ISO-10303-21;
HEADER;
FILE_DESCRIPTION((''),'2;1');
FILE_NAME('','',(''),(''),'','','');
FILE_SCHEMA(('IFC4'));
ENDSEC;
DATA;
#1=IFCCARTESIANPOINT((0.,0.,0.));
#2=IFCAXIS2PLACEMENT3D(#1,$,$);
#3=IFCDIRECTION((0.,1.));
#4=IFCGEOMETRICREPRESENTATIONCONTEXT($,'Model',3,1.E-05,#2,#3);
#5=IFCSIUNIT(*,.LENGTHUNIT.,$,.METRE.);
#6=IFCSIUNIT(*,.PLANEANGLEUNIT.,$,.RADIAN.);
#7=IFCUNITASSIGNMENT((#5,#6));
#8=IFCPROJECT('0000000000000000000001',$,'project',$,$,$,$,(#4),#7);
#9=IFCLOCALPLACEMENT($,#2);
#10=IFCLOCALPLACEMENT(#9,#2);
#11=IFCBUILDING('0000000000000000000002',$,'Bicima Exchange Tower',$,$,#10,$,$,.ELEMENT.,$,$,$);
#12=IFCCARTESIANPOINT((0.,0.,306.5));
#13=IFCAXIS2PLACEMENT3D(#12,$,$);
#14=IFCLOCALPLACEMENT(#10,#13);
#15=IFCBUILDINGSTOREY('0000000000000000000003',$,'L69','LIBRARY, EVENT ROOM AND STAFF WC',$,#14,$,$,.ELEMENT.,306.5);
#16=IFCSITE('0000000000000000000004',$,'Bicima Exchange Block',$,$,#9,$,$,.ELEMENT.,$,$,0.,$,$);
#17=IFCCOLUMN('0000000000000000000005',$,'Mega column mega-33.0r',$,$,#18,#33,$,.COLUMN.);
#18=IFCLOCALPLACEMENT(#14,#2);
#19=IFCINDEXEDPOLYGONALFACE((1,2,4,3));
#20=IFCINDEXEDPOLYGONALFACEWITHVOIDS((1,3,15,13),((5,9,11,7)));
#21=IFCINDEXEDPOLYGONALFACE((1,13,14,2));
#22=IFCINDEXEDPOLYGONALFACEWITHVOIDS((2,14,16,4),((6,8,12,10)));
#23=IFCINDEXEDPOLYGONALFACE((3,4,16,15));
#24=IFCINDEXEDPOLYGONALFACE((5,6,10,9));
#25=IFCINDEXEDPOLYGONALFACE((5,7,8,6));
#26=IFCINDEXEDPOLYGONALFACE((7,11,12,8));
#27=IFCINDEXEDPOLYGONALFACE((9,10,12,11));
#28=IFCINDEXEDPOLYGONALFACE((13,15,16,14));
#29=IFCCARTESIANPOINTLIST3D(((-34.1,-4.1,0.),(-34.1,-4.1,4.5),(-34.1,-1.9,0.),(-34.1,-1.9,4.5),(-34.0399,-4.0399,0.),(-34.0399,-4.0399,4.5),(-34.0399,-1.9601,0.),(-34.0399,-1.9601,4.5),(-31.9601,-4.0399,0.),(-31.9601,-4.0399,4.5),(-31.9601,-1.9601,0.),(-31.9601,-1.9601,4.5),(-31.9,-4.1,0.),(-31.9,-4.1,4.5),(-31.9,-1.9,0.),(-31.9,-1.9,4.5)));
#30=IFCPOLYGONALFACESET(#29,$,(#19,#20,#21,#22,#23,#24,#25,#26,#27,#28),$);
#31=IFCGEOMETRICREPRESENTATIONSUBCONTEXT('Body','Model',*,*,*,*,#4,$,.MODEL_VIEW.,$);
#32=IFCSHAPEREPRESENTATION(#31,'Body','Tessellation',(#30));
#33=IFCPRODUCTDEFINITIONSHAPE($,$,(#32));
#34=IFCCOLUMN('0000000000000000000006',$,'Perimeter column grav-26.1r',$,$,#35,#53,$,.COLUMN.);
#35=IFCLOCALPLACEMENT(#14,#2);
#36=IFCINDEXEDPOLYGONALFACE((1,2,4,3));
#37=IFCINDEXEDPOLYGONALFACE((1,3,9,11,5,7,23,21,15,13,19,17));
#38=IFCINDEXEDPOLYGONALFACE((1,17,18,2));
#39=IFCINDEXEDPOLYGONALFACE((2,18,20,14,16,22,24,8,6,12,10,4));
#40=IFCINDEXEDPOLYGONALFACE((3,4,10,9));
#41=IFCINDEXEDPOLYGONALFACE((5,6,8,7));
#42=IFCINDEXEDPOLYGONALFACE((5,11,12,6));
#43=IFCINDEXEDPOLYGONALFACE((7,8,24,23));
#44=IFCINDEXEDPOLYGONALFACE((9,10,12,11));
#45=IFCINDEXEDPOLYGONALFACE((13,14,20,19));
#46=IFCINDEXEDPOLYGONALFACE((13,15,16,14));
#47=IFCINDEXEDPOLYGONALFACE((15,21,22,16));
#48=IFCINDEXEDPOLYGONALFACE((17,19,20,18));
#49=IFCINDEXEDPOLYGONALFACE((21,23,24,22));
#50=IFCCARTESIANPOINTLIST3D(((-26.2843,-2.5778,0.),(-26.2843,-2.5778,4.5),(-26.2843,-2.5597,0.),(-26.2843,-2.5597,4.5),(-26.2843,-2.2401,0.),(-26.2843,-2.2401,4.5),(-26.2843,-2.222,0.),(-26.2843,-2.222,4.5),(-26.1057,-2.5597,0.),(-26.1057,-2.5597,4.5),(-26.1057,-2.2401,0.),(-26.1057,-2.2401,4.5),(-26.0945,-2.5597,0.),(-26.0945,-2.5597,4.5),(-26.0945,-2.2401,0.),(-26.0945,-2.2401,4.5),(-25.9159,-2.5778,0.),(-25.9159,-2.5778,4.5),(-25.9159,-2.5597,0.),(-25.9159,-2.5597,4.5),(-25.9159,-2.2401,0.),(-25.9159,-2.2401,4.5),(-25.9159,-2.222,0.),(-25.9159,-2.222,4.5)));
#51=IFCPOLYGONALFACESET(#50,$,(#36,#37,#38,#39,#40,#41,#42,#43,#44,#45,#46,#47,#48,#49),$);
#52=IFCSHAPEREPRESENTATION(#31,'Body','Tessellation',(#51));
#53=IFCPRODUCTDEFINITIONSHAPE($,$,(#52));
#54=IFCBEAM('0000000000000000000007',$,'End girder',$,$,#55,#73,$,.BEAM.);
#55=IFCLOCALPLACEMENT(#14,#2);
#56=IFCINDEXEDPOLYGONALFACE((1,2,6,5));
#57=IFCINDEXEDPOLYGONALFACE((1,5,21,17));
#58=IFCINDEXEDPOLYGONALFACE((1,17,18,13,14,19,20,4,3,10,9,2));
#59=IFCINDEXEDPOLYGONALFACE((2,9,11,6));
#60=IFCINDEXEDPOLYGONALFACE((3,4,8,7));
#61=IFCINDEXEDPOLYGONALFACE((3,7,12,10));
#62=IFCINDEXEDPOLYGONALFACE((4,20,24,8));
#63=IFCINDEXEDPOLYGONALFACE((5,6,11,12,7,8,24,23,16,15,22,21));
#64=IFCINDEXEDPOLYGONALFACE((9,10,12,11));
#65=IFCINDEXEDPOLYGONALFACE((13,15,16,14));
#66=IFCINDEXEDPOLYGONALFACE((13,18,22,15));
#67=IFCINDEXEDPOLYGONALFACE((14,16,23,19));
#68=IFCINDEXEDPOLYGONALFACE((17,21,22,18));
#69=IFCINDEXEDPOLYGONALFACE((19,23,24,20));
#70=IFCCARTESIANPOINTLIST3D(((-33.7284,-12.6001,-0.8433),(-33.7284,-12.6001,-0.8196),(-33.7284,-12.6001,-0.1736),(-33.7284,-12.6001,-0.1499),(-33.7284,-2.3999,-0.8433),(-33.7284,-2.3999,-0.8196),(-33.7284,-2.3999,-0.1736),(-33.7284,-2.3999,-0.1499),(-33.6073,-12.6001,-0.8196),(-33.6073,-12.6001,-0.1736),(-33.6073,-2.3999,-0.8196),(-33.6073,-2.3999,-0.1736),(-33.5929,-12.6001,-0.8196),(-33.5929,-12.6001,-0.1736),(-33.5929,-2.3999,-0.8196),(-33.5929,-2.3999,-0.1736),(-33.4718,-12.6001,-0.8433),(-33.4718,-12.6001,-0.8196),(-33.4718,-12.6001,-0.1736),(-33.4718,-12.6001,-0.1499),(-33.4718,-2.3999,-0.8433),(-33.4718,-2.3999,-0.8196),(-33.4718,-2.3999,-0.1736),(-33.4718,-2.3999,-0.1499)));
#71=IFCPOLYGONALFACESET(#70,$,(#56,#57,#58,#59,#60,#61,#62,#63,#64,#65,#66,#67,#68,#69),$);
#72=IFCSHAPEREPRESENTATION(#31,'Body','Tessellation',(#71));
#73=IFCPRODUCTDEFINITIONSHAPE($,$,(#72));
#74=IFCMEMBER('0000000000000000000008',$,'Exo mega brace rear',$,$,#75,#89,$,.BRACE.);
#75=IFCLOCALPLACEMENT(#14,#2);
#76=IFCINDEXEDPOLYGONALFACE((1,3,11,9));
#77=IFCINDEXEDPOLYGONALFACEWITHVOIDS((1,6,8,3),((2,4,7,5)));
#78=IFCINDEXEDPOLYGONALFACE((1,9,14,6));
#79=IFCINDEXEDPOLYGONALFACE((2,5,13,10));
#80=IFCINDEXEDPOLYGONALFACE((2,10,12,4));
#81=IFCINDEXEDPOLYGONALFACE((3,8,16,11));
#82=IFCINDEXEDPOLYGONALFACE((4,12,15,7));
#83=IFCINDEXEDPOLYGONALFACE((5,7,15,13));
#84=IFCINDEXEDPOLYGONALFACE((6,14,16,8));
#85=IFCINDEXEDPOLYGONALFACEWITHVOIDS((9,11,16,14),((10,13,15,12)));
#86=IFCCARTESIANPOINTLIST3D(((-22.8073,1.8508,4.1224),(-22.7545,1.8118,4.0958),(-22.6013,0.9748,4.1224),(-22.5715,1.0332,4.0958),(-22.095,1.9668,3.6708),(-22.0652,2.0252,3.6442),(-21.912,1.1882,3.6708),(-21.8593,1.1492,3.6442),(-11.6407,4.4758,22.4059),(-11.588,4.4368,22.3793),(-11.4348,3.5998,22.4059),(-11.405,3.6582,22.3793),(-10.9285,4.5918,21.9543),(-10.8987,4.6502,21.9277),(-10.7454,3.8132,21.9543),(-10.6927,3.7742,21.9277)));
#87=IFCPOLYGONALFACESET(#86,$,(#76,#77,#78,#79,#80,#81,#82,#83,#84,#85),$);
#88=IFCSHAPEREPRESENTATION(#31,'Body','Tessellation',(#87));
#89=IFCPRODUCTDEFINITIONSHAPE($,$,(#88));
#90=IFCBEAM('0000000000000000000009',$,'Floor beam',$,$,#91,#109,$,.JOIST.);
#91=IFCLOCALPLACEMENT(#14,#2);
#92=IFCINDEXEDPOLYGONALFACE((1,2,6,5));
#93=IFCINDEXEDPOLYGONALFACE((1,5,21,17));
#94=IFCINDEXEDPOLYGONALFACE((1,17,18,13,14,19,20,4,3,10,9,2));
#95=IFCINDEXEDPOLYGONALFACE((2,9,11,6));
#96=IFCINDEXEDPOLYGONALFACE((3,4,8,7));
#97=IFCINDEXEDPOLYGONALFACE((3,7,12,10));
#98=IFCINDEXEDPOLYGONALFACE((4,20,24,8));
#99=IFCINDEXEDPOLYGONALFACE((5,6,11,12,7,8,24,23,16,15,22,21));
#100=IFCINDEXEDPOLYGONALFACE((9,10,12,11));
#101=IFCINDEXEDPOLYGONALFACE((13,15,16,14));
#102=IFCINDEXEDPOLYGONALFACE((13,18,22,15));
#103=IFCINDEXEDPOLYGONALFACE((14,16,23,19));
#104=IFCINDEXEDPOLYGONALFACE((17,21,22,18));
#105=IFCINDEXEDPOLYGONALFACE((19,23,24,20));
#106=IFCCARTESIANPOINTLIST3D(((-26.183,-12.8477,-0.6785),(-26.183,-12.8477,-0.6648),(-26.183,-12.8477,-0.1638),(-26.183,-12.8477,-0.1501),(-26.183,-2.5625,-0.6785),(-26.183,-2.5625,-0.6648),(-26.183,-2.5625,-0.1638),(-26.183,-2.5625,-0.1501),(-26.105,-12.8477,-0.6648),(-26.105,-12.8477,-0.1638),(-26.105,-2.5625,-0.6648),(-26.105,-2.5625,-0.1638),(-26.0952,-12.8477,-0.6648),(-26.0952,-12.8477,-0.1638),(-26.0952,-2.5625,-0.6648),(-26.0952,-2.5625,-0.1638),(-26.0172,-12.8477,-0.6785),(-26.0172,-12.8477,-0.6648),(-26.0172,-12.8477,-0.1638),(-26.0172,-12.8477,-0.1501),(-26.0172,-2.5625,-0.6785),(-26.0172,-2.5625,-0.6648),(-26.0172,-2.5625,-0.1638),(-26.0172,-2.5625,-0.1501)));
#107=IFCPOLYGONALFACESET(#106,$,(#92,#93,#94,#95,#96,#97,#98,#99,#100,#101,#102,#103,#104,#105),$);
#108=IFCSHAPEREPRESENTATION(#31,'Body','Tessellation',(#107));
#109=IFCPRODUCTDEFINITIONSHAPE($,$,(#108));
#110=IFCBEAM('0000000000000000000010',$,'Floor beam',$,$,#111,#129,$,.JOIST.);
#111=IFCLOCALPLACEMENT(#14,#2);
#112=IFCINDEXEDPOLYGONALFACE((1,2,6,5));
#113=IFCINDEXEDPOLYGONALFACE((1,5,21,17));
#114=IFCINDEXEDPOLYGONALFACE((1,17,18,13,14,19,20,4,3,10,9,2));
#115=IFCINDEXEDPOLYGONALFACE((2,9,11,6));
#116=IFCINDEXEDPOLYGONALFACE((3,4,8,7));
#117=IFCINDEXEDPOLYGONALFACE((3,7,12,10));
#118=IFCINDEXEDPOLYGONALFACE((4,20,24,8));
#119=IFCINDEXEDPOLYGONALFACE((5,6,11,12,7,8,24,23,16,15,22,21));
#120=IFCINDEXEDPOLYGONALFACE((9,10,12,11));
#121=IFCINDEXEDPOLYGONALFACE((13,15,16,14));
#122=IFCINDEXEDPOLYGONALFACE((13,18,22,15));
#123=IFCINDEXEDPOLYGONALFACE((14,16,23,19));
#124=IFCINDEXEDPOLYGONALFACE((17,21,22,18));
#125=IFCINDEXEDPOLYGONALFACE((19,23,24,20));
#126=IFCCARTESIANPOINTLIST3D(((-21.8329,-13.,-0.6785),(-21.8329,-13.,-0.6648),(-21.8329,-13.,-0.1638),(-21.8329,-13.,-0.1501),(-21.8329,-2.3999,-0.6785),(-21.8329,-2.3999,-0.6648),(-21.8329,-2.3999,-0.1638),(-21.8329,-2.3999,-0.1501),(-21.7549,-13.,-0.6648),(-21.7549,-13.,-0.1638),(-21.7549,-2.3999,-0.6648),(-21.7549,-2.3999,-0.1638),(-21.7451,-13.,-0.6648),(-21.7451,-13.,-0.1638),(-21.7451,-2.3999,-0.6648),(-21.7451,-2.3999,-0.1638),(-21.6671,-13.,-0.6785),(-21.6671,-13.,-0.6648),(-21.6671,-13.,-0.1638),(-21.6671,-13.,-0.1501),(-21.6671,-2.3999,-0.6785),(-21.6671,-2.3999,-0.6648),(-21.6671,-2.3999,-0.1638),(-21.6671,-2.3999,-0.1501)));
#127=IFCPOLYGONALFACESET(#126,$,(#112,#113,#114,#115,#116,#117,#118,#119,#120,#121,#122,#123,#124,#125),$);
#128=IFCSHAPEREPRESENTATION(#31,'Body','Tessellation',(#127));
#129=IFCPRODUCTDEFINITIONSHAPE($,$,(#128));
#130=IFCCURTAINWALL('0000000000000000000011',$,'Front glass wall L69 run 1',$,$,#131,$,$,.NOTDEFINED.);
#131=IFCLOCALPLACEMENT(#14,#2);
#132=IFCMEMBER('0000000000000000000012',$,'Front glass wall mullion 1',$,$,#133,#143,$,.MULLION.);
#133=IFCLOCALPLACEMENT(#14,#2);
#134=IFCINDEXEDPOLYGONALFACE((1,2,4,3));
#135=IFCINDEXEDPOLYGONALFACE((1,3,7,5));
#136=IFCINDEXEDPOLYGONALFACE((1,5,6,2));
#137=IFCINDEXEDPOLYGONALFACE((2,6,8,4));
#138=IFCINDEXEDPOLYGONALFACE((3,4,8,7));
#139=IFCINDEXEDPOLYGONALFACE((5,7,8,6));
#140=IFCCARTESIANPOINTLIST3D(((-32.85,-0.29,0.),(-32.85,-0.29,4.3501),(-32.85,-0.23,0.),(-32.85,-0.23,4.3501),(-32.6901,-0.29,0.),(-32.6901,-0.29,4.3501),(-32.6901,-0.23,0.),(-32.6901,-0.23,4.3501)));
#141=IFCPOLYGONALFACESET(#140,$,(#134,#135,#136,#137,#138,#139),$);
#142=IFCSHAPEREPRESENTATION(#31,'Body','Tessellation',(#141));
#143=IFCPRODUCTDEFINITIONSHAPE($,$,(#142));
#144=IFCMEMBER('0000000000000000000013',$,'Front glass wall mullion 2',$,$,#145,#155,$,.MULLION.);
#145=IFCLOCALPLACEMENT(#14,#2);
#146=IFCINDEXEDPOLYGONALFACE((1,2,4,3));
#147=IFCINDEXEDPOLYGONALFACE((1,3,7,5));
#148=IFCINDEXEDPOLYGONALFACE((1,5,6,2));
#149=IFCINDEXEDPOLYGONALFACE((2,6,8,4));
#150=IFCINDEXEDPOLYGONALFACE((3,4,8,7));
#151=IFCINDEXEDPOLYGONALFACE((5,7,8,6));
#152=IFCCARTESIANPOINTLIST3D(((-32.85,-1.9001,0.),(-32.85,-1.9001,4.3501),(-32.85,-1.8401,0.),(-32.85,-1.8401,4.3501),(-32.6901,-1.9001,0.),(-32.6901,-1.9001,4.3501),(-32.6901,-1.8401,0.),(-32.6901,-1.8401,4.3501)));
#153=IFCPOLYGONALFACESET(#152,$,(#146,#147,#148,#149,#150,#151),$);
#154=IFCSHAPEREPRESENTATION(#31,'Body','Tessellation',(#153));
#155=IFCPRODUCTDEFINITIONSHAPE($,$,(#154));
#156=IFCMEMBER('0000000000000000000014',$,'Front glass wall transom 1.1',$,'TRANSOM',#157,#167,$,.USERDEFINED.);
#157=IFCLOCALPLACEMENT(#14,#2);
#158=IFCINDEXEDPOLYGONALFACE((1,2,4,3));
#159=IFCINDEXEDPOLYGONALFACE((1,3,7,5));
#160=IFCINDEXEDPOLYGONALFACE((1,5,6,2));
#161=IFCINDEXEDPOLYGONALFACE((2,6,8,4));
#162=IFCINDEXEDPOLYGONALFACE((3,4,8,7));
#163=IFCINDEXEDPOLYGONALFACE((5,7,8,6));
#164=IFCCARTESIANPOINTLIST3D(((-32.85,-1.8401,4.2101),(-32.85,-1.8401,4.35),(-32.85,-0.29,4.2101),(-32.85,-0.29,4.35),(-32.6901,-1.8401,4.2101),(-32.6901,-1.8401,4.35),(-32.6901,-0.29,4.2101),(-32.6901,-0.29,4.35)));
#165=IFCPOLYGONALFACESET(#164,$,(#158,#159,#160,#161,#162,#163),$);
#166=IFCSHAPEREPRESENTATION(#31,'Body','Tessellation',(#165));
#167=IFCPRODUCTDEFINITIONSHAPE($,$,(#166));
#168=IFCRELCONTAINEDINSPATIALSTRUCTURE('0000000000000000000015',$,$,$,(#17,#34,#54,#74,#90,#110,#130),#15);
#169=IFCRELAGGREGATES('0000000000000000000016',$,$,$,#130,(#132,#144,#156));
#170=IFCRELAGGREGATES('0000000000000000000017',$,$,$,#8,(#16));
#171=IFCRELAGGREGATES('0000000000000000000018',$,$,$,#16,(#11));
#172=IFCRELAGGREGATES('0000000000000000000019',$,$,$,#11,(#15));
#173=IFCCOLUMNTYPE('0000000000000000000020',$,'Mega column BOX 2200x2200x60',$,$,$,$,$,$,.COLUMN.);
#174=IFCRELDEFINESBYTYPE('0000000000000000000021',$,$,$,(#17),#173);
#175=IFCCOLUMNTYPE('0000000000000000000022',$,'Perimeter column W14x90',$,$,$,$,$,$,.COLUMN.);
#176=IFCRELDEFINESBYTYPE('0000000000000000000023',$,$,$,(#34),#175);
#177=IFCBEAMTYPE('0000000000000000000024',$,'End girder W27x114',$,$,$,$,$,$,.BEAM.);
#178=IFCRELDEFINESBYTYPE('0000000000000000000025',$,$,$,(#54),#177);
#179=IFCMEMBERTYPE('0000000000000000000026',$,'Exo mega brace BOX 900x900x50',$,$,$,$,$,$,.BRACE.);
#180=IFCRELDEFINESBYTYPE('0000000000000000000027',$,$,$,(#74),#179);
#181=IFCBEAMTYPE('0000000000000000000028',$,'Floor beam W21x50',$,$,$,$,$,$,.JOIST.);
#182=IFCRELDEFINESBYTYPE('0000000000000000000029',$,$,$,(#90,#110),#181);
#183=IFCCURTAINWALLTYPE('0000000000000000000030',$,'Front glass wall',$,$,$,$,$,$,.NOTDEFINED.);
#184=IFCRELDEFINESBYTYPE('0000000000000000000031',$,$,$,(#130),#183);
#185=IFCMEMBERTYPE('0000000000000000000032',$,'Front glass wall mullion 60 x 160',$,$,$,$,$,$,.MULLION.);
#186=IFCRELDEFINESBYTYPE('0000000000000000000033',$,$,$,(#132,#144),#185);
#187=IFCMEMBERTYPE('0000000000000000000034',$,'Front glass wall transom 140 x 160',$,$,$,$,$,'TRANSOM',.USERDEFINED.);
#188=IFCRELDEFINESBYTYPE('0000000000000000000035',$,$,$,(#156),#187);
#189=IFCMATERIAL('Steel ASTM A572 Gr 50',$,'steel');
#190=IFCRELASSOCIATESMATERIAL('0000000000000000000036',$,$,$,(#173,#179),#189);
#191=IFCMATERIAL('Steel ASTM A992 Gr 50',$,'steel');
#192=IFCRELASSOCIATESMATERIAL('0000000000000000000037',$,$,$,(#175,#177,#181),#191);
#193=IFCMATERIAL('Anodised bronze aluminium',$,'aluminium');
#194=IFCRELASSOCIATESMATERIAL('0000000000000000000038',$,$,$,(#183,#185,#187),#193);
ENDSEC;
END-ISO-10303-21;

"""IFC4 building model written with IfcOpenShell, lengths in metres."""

from ifc_helpers import new_model, si_unit, direction, frame, origin, origin_2d, place, context, subcontext, project, spatial, rectangle, hollow_rectangle, i_section, extrude, material, material_profile, profile_set, type_object, element, aggregate, save


model = new_model("IFC4")

# Units and contexts
model_context = context("Model", 3, precision=1e-05, world=origin(), true_north=direction((0.0, 1.0)))
body_context = subcontext(model_context, "Body", "Model", "MODEL_VIEW")
ifc_project = project(units=[si_unit("LENGTHUNIT", "METRE"), si_unit("PLANEANGLEUNIT", "RADIAN")], contexts=[model_context])

# Site, building, storey
site_placement = place(None, origin())
site = spatial("IfcSite", under=ifc_project, at=site_placement, Name="Bicima Exchange Block", CompositionType="ELEMENT", RefElevation=0.0)
building_placement = place(site_placement, origin())
building = spatial("IfcBuilding", under=site, at=building_placement, Name="Bicima Exchange Tower", CompositionType="ELEMENT")
storey_placement = place(building_placement, frame((0.0, 0.0, 306.5)))
storey = spatial("IfcBuildingStorey", under=building, at=storey_placement, Name="L69", Description="LIBRARY, EVENT ROOM AND STAFF WC", CompositionType="ELEMENT", Elevation=306.5)

# Columns
ifc_material_1 = material(Name="Steel ASTM A572 Gr 50", Category="steel")
ifc_material_profile_1 = material_profile(ifc_material_1, hollow_rectangle(XDim=2.2, YDim=2.2, WallThickness=0.0601, at=origin_2d()))
ifc_profile_set_1 = profile_set([ifc_material_profile_1], Name="Steel ASTM A572 Gr 50")
column_type_1 = type_object("IfcColumnType", Name="Mega column BOX 2200x2200x60", PredefinedType="COLUMN", material=ifc_profile_set_1)
column_1_placement = place(storey_placement, frame((-33.0, -3.0, 0.0), z_axis=(0.0, 0.0, 1.0), x_axis=(1.0, 0.0, 0.0)))
element("IfcColumn", 1, at=column_1_placement, inside=storey, type_object=column_type_1, Name="Mega column mega-33.0r", PredefinedType="COLUMN", context=body_context, shape_type="SweptSolid", body=[
    extrude(hollow_rectangle(XDim=2.2, YDim=2.2, WallThickness=0.0601, at=origin_2d()), origin(), (0.0, 0.0, 1.0), 4.5),
])
ifc_material_2 = material(Name="Steel ASTM A992 Gr 50", Category="steel")
ifc_material_profile_2 = material_profile(ifc_material_2, i_section(OverallWidth=0.3684, OverallDepth=0.3557, WebThickness=0.0112, FlangeThickness=0.0181, at=origin_2d()))
ifc_profile_set_2 = profile_set([ifc_material_profile_2], Name="Steel ASTM A992 Gr 50")
column_type_2 = type_object("IfcColumnType", Name="Perimeter column W14x90", PredefinedType="COLUMN", material=ifc_profile_set_2)
column_2_placement = place(storey_placement, frame((-26.1001, -2.3999, 0.0), z_axis=(0.0, 0.0, 1.0), x_axis=(1.0, 0.0, 0.0)))
element("IfcColumn", 2, at=column_2_placement, inside=storey, type_object=column_type_2, Name="Perimeter column grav-26.1r", PredefinedType="COLUMN", context=body_context, shape_type="SweptSolid", body=[
    extrude(i_section(OverallWidth=0.3684, OverallDepth=0.3557, WebThickness=0.0112, FlangeThickness=0.0181, at=origin_2d()), origin(), (0.0, 0.0, 1.0), 4.5),
])

# Beam
ifc_material_profile_3 = material_profile(ifc_material_2, i_section(OverallWidth=0.2566, OverallDepth=0.6934, WebThickness=0.0144, FlangeThickness=0.0237, at=origin_2d()))
ifc_profile_set_3 = profile_set([ifc_material_profile_3], Name="Steel ASTM A992 Gr 50")
beam_type_1 = type_object("IfcBeamType", Name="End girder W27x114", PredefinedType="BEAM", material=ifc_profile_set_3)
beam_1_placement = place(storey_placement, frame((-33.6001, -2.3999, -0.4966), z_axis=(0.0, -1.0, 0.0), x_axis=(1.0, 0.0, 0.0)))
element("IfcBeam", 3, at=beam_1_placement, inside=storey, type_object=beam_type_1, Name="End girder", PredefinedType="BEAM", context=body_context, shape_type="SweptSolid", body=[
    extrude(i_section(OverallWidth=0.2566, OverallDepth=0.6934, WebThickness=0.0144, FlangeThickness=0.0237, at=origin_2d()), origin(), (0.0, 0.0, 1.0), 10.2002),
])

# Member
ifc_material_profile_4 = material_profile(ifc_material_1, hollow_rectangle(XDim=0.8999, YDim=0.8999, WallThickness=0.05, at=origin_2d()))
ifc_profile_set_4 = profile_set([ifc_material_profile_4], Name="Steel ASTM A572 Gr 50")
member_type_1 = type_object("IfcMemberType", Name="Exo mega brace BOX 900x900x50", PredefinedType="BRACE", material=ifc_profile_set_4)
member_1_placement = place(storey_placement, frame((-22.3333, 1.5, 3.8833), z_axis=(0.517353, 0.121618, 0.847086), x_axis=(-0.22884, 0.973464, 0.0)))
element("IfcMember", 4, at=member_1_placement, inside=storey, type_object=member_type_1, Name="Exo mega brace rear", PredefinedType="BRACE", context=body_context, shape_type="SweptSolid", body=[
    extrude(hollow_rectangle(XDim=0.8999, YDim=0.8999, WallThickness=0.05, at=origin_2d()), origin(), (0.0, 0.0, 1.0), 21.584),
])

# Beams
ifc_material_profile_5 = material_profile(ifc_material_2, i_section(OverallWidth=0.1658, OverallDepth=0.5283, WebThickness=0.0098, FlangeThickness=0.0137, at=origin_2d()))
ifc_profile_set_5 = profile_set([ifc_material_profile_5], Name="Steel ASTM A992 Gr 50")
beam_type_2 = type_object("IfcBeamType", Name="Floor beam W21x50", PredefinedType="JOIST", material=ifc_profile_set_5)
beam_2_placement = place(storey_placement, frame((-26.1001, -2.5625, -0.4143), z_axis=(0.0, -1.0, 0.0), x_axis=(1.0, 0.0, 0.0)))
element("IfcBeam", 5, at=beam_2_placement, inside=storey, type_object=beam_type_2, Name="Floor beam", PredefinedType="JOIST", context=body_context, shape_type="SweptSolid", body=[
    extrude(i_section(OverallWidth=0.1658, OverallDepth=0.5283, WebThickness=0.0098, FlangeThickness=0.0137, at=origin_2d()), origin(), (0.0, 0.0, 1.0), 10.2852),
])
beam_3_placement = place(storey_placement, frame((-21.75, -2.3999, -0.4143), z_axis=(0.0, -1.0, 0.0), x_axis=(1.0, 0.0, 0.0)))
element("IfcBeam", 6, at=beam_3_placement, inside=storey, type_object=beam_type_2, Name="Floor beam", PredefinedType="JOIST", context=body_context, shape_type="SweptSolid", body=[
    extrude(i_section(OverallWidth=0.1658, OverallDepth=0.5283, WebThickness=0.0098, FlangeThickness=0.0137, at=origin_2d()), origin(), (0.0, 0.0, 1.0), 10.6001),
])

# Curtain wall, members
ifc_material_3 = material(Name="Anodised bronze aluminium", Category="aluminium")
curtain_wall_type = type_object("IfcCurtainWallType", Name="Front glass wall", PredefinedType="NOTDEFINED", material=ifc_material_3)
curtain_wall_placement = place(storey_placement, origin())
curtain_wall = element("IfcCurtainWall", 7, at=curtain_wall_placement, inside=storey, type_object=curtain_wall_type, Name="Front glass wall L69 run 1", PredefinedType="NOTDEFINED")
ifc_material_profile_6 = material_profile(ifc_material_3, rectangle(XDim=0.1599, YDim=0.0601, at=origin_2d()))
ifc_profile_set_6 = profile_set([ifc_material_profile_6], Name="Anodised bronze aluminium")
member_type_2 = type_object("IfcMemberType", Name="Front glass wall mullion 60 x 160", PredefinedType="MULLION", material=ifc_profile_set_6)
member_2_placement = place(storey_placement, frame((-32.77, -0.26, 0.0), z_axis=(0.0, 0.0, 1.0), x_axis=(1.0, 0.0, 0.0)))
member_2 = element("IfcMember", 8, at=member_2_placement, type_object=member_type_2, Name="Front glass wall mullion 1", PredefinedType="MULLION", context=body_context, shape_type="SweptSolid", body=[
    extrude(rectangle(XDim=0.1599, YDim=0.0601, at=origin_2d()), origin(), (0.0, 0.0, 1.0), 4.3501),
])
member_3_placement = place(storey_placement, frame((-32.77, -1.8701, 0.0), z_axis=(0.0, 0.0, 1.0), x_axis=(1.0, 0.0, 0.0)))
member_3 = element("IfcMember", 9, at=member_3_placement, type_object=member_type_2, Name="Front glass wall mullion 2", PredefinedType="MULLION", context=body_context, shape_type="SweptSolid", body=[
    extrude(rectangle(XDim=0.1599, YDim=0.0601, at=origin_2d()), origin(), (0.0, 0.0, 1.0), 4.3501),
])
ifc_material_profile_7 = material_profile(ifc_material_3, rectangle(XDim=0.1599, YDim=0.1399, at=origin_2d()))
ifc_profile_set_7 = profile_set([ifc_material_profile_7], Name="Anodised bronze aluminium")
member_type_3 = type_object("IfcMemberType", Name="Front glass wall transom 140 x 160", ElementType="TRANSOM", PredefinedType="USERDEFINED", material=ifc_profile_set_7)
member_4_placement = place(storey_placement, frame((-32.77, -0.29, 4.28), z_axis=(0.0, -1.0, 0.0), x_axis=(1.0, 0.0, 0.0)))
member_4 = element("IfcMember", 10, at=member_4_placement, type_object=member_type_3, Name="Front glass wall transom 1.1", ObjectType="TRANSOM", PredefinedType="USERDEFINED", context=body_context, shape_type="SweptSolid", body=[
    extrude(rectangle(XDim=0.1599, YDim=0.1399, at=origin_2d()), origin(), (0.0, 0.0, 1.0), 1.55),
])

aggregate(curtain_wall, [member_2, member_3, member_4])

save(model, "model.ifc")
